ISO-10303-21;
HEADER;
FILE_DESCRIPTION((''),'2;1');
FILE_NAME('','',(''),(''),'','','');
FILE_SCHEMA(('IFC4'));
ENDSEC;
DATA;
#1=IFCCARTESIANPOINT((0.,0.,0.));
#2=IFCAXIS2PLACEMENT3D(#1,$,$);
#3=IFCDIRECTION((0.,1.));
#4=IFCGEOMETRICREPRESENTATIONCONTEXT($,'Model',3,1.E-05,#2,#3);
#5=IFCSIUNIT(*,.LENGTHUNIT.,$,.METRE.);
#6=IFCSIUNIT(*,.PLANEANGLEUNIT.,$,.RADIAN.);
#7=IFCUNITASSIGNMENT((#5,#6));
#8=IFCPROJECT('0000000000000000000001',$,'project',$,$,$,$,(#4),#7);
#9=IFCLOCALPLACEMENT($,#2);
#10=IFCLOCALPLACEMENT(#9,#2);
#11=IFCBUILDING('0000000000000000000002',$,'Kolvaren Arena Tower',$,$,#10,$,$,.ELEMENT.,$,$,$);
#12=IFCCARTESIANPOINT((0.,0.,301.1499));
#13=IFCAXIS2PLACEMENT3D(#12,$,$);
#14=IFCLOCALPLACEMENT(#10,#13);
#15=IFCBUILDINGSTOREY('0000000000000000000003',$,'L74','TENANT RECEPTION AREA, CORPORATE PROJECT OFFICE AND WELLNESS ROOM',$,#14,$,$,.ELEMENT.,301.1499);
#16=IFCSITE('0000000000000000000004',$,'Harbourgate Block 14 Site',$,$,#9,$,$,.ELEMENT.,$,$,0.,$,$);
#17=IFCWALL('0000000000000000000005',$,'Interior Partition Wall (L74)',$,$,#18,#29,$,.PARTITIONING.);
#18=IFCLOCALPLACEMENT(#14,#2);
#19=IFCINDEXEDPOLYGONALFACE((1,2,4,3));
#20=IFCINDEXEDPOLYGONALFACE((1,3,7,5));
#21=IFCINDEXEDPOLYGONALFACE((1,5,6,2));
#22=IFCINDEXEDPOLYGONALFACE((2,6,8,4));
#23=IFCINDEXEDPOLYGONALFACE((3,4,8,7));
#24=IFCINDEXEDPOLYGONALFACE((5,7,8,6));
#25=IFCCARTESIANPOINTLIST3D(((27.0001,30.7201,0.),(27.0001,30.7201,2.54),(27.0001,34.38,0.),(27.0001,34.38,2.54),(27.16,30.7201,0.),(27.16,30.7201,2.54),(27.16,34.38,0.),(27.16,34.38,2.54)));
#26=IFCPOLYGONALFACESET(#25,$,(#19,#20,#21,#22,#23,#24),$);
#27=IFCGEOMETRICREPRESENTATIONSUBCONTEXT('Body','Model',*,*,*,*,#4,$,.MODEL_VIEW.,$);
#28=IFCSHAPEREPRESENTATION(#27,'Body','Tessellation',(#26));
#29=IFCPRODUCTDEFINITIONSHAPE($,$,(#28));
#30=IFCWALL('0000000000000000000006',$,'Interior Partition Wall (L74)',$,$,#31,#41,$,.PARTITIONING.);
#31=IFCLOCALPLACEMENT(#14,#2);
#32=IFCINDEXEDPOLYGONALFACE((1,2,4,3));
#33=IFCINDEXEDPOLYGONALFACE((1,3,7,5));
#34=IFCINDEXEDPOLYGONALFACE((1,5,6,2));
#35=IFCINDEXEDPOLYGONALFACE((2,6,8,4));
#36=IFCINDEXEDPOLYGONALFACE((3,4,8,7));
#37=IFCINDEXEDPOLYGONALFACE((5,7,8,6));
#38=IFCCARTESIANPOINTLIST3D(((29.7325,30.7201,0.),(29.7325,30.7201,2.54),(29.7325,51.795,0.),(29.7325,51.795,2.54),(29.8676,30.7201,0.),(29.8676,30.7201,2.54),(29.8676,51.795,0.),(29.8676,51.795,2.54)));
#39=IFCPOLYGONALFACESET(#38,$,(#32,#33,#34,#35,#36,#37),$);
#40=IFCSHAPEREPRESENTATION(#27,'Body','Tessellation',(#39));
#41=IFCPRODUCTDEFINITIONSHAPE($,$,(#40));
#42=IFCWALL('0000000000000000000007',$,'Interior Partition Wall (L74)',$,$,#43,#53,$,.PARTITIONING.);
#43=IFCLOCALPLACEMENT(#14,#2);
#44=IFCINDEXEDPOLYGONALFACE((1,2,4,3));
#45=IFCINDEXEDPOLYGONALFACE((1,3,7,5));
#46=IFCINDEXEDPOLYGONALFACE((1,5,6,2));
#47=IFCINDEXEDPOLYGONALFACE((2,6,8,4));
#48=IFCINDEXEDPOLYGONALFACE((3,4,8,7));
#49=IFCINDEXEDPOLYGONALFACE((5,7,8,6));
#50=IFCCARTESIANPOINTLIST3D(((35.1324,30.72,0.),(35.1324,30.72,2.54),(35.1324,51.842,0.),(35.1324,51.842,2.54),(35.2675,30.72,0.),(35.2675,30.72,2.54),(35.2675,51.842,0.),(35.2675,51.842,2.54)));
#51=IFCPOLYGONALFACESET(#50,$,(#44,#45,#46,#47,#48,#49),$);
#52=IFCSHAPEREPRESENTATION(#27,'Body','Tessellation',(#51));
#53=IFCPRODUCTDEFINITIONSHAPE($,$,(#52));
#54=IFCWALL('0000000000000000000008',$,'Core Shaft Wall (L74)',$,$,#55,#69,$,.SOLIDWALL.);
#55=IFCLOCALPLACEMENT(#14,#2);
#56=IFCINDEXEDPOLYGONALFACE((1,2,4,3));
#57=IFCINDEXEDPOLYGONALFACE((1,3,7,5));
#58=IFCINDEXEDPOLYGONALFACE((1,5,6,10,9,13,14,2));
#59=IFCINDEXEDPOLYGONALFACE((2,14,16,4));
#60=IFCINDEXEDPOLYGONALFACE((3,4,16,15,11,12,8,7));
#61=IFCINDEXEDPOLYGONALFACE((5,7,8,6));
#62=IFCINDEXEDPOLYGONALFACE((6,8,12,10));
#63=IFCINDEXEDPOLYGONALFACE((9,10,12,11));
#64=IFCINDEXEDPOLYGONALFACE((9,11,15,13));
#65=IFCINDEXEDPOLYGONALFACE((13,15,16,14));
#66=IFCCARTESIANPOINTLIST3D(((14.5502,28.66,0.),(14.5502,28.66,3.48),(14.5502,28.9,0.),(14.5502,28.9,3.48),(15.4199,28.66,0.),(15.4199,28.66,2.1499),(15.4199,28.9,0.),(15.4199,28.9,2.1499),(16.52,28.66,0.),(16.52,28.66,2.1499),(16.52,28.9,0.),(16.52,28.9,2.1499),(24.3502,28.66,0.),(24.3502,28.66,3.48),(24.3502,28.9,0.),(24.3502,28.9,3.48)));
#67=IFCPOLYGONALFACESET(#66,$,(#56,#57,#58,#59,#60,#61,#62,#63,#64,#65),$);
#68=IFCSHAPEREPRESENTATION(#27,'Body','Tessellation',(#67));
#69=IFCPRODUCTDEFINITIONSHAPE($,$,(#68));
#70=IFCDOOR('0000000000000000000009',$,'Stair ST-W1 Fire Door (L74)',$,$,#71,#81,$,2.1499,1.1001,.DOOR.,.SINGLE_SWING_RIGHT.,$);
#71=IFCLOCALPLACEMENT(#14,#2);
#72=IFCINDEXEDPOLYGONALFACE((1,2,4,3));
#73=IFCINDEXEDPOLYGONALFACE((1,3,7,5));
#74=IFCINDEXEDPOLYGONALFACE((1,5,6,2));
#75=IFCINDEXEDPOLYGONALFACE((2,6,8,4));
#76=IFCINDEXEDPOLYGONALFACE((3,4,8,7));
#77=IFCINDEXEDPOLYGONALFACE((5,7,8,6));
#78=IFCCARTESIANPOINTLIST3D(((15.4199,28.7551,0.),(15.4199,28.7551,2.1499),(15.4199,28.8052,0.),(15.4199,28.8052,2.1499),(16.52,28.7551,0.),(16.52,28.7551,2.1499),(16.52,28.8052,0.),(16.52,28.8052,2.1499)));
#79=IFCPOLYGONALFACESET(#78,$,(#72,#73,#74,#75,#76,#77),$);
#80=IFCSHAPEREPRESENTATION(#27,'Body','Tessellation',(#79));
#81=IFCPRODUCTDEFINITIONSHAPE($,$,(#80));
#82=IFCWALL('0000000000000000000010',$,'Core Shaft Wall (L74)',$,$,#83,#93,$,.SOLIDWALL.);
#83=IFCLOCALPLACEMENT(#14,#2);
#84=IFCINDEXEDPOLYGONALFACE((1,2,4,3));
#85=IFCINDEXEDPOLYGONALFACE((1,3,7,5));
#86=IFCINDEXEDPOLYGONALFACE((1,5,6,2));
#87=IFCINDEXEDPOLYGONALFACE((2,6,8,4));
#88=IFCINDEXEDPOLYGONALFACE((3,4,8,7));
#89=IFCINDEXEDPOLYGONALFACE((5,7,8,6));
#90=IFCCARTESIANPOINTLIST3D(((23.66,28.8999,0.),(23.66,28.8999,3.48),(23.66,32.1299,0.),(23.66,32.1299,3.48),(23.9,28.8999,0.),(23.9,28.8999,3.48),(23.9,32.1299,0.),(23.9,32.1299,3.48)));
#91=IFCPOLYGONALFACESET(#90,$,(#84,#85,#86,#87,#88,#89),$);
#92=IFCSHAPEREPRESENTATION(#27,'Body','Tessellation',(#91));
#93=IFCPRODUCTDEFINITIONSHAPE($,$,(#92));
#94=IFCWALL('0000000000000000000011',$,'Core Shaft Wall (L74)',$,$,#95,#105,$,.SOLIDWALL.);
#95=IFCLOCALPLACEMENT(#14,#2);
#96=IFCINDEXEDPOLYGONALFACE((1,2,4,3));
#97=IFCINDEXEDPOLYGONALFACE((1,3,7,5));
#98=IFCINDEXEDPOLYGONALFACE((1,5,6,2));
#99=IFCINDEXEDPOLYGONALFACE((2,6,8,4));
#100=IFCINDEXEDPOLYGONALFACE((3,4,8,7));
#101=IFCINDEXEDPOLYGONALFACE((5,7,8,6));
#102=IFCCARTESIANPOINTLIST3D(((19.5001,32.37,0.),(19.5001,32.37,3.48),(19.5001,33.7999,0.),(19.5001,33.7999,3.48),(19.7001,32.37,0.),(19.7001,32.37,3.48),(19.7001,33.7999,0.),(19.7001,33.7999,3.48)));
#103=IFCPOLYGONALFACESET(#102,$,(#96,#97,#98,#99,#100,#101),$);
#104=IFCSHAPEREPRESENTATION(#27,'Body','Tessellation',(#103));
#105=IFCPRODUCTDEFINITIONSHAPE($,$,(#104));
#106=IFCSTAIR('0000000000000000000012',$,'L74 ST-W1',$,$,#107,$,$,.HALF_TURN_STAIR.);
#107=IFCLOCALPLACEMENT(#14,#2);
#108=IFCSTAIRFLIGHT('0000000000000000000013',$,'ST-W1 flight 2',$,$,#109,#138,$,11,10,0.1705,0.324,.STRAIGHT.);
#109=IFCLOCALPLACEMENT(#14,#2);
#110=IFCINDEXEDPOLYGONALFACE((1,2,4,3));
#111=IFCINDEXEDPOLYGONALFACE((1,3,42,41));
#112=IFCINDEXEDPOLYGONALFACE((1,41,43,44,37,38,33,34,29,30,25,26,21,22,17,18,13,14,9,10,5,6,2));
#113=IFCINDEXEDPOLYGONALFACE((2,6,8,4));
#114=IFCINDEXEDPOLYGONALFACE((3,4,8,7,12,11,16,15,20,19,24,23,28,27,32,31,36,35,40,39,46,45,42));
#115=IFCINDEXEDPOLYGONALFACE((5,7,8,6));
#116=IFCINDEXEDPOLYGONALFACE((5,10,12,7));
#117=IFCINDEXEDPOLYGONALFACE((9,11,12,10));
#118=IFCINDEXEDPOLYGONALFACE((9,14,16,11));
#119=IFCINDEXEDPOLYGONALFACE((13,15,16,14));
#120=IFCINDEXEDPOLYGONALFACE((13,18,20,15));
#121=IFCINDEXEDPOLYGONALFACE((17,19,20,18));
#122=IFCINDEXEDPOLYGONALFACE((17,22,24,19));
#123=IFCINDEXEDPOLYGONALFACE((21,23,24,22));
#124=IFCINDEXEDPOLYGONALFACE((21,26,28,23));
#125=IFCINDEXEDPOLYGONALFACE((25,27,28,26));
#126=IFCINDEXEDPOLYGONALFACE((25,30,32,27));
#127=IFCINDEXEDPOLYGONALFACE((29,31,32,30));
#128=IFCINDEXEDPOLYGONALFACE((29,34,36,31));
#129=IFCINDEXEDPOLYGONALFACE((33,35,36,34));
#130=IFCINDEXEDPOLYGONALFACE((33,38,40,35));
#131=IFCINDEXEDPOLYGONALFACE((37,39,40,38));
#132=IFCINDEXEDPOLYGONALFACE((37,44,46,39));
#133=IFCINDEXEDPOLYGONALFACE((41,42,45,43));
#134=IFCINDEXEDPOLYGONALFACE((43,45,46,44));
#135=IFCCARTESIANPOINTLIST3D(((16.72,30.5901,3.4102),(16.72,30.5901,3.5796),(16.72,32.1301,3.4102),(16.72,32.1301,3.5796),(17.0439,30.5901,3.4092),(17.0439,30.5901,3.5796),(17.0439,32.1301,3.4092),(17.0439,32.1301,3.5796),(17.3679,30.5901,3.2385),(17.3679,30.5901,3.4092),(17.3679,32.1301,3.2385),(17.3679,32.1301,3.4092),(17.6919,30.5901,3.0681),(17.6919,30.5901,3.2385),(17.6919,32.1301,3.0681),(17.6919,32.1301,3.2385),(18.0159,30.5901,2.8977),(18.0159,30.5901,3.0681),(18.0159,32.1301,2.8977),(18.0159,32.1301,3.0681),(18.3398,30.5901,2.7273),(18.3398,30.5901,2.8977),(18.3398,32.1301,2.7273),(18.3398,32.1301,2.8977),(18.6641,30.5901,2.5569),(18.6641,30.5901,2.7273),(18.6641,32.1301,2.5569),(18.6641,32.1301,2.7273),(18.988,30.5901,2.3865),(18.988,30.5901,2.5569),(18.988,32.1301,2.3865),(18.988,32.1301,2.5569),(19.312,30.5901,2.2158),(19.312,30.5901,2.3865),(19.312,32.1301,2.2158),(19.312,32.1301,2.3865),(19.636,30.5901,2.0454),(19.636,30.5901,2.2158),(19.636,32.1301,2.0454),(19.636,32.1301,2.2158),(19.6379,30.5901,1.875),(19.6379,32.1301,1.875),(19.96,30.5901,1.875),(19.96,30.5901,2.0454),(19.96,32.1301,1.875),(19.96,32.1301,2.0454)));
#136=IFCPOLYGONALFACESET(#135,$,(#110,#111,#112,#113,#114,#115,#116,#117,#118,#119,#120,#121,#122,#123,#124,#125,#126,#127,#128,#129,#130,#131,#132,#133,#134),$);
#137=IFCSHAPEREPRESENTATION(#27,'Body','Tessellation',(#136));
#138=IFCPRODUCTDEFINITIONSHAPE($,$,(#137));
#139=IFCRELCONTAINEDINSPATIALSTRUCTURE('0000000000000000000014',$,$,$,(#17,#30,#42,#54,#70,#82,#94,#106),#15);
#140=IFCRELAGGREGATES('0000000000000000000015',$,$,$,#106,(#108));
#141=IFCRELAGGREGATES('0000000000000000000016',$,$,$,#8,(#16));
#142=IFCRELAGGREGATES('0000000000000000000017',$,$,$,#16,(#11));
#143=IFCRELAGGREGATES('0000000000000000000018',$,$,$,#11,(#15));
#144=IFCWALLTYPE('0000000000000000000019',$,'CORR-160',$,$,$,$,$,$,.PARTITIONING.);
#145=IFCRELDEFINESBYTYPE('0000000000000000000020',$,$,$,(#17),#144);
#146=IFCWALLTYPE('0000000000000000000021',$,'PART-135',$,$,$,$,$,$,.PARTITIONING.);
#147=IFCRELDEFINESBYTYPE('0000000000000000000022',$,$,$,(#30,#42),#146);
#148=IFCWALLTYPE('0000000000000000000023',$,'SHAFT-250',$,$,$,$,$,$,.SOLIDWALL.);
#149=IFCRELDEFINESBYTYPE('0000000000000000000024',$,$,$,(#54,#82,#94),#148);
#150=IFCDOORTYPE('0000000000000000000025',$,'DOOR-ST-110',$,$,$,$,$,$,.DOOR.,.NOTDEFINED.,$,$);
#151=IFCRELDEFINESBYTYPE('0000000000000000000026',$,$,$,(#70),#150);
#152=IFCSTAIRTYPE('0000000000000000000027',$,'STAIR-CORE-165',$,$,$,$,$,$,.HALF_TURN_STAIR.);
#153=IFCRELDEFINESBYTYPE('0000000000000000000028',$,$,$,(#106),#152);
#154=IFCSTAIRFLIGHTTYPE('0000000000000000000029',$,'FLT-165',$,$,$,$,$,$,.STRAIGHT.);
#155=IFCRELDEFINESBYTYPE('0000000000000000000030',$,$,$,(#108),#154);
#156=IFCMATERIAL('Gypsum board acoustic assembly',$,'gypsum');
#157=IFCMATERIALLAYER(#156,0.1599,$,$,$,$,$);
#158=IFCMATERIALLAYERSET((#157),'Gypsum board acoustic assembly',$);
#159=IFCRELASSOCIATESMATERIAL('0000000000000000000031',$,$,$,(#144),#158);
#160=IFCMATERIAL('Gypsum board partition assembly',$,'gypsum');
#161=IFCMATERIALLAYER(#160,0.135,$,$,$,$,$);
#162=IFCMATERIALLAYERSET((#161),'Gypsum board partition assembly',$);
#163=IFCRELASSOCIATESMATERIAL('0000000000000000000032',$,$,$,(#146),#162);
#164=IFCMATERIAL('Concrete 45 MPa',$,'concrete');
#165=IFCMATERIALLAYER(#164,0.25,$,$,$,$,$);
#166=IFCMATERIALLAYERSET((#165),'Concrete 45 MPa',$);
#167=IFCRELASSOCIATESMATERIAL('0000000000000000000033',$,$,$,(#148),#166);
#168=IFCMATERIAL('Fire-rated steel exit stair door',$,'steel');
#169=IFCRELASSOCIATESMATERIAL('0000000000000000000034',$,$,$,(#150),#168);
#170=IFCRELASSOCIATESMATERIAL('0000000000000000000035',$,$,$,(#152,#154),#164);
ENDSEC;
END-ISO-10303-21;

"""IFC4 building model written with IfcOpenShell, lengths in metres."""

from ifc_helpers import new_model, si_unit, direction, frame, frame_2d, origin, place, context, subcontext, project, spatial, polyline, rectangle, outline, extrude, material, layer, layer_set, type_object, element, fill, aggregate, save


model = new_model("IFC4")

# Units and contexts
model_context = context("Model", 3, precision=1e-05, world=origin(), true_north=direction((0.0, 1.0)))
body_context = subcontext(model_context, "Body", "Model", "MODEL_VIEW")
ifc_project = project(units=[si_unit("LENGTHUNIT", "METRE"), si_unit("PLANEANGLEUNIT", "RADIAN")], contexts=[model_context])

# Site, building, storey
site_placement = place(None, origin())
site = spatial("IfcSite", under=ifc_project, at=site_placement, Name="Harbourgate Block 14 Site", CompositionType="ELEMENT", RefElevation=0.0)
building_placement = place(site_placement, origin())
building = spatial("IfcBuilding", under=site, at=building_placement, Name="Kolvaren Arena Tower", CompositionType="ELEMENT")
storey_placement = place(building_placement, frame((0.0, 0.0, 301.1499)))
storey = spatial("IfcBuildingStorey", under=building, at=storey_placement, Name="L74", Description="TENANT RECEPTION AREA, CORPORATE PROJECT OFFICE AND WELLNESS ROOM", CompositionType="ELEMENT", Elevation=301.1499)

# Shared definitions
ifc_material_1 = material(Name="Gypsum board acoustic assembly", Category="gypsum")
ifc_layer_1 = layer(ifc_material_1, 0.1599)
ifc_layer_set_1 = layer_set([ifc_layer_1], Name="Gypsum board acoustic assembly")
wall_type_1 = type_object("IfcWallType", Name="CORR-160", PredefinedType="PARTITIONING", material=ifc_layer_set_1)

# Wall
wall_1_placement = place(storey_placement, frame((27.0801, 30.72, 0.0), z_axis=(0.0, 0.0, 1.0), x_axis=(0.0, 1.0, 0.0)))
element("IfcWall", 1, at=wall_1_placement, inside=storey, type_object=wall_type_1, Name="Interior Partition Wall (L74)", PredefinedType="PARTITIONING", context=body_context, shape_type="SweptSolid", body=[
    extrude(rectangle(XDim=3.6599, YDim=0.1599, at=frame_2d((1.8301, 0.0))), origin(), (0.0, 0.0, 1.0), 2.54),
])

# Walls
ifc_material_2 = material(Name="Gypsum board partition assembly", Category="gypsum")
ifc_layer_2 = layer(ifc_material_2, 0.135)
ifc_layer_set_2 = layer_set([ifc_layer_2], Name="Gypsum board partition assembly")
wall_type_2 = type_object("IfcWallType", Name="PART-135", PredefinedType="PARTITIONING", material=ifc_layer_set_2)
wall_2_placement = place(storey_placement, frame((29.8, 30.72, 0.0), z_axis=(0.0, 0.0, 1.0), x_axis=(0.0, 1.0, 0.0)))
element("IfcWall", 2, at=wall_2_placement, inside=storey, type_object=wall_type_2, Name="Interior Partition Wall (L74)", PredefinedType="PARTITIONING", context=body_context, shape_type="SweptSolid", body=[
    extrude(rectangle(XDim=21.075, YDim=0.135, at=frame_2d((10.5376, 0.0))), origin(), (0.0, 0.0, 1.0), 2.54),
])
wall_3_placement = place(storey_placement, frame((35.2, 30.72, 0.0), z_axis=(0.0, 0.0, 1.0), x_axis=(0.0, 1.0, 0.0)))
element("IfcWall", 3, at=wall_3_placement, inside=storey, type_object=wall_type_2, Name="Interior Partition Wall (L74)", PredefinedType="PARTITIONING", context=body_context, shape_type="SweptSolid", body=[
    extrude(rectangle(XDim=21.1221, YDim=0.135, at=frame_2d((10.561, 0.0))), origin(), (0.0, 0.0, 1.0), 2.54),
])

# Wall, opening, door
ifc_material_3 = material(Name="Concrete 45 MPa", Category="concrete")
ifc_layer_3 = layer(ifc_material_3, 0.25)
ifc_layer_set_3 = layer_set([ifc_layer_3], Name="Concrete 45 MPa")
wall_type_3 = type_object("IfcWallType", Name="SHAFT-250", PredefinedType="SOLIDWALL", material=ifc_layer_set_3)
wall_4_placement = place(storey_placement, frame((24.3501, 28.78, 0.0), z_axis=(0.0, 0.0, 1.0), x_axis=(-1.0, 0.0, 0.0)))
wall_4 = element("IfcWall", 4, at=wall_4_placement, inside=storey, type_object=wall_type_3, Name="Core Shaft Wall (L74)", PredefinedType="SOLIDWALL", context=body_context, shape_type="SweptSolid", body=[
    extrude(rectangle(XDim=9.8, YDim=0.24, at=frame_2d((4.8999, 0.0))), origin(), (0.0, 0.0, 1.0), 3.48),
])
opening_1_placement = place(wall_4_placement, frame((7.8301, 0.0, 0.0)))
opening_1 = element("IfcOpeningElement", 5, at=opening_1_placement, cuts=wall_4, PredefinedType="OPENING", context=body_context, shape_type="SweptSolid", body=[
    extrude(rectangle(XDim=1.1001, YDim=2.1499, at=frame_2d((0.55, 1.075))), frame((0.0, 0.1299, 0.0), z_axis=(0.0, -1.0, 0.0), x_axis=(1.0, 0.0, 0.0)), (0.0, 0.0, 1.0), 0.26),
])
ifc_material_4 = material(Name="Fire-rated steel exit stair door", Category="steel")
door_type_1 = type_object("IfcDoorType", Name="DOOR-ST-110", OperationType="NOTDEFINED", PredefinedType="DOOR", material=ifc_material_4)
door_1_placement = place(opening_1_placement, origin())
door_1 = element("IfcDoor", 6, at=door_1_placement, inside=storey, type_object=door_type_1, Name="Stair ST-W1 Fire Door (L74)", OperationType="SINGLE_SWING_RIGHT", OverallHeight=2.1499, OverallWidth=1.1001, PredefinedType="DOOR", context=body_context, shape_type="SweptSolid", body=[
    extrude(rectangle(XDim=1.1001, YDim=2.1499, at=frame_2d((0.55, 1.075))), frame((0.0, 0.0249, 0.0), z_axis=(0.0, -1.0, 0.0), x_axis=(1.0, 0.0, 0.0)), (0.0, 0.0, 1.0), 0.05),
])
fill(opening_1, door_1)

# Walls
wall_5_placement = place(storey_placement, frame((23.78, 28.8999, 0.0), z_axis=(0.0, 0.0, 1.0), x_axis=(0.0, 1.0, 0.0)))
element("IfcWall", 7, at=wall_5_placement, inside=storey, type_object=wall_type_3, Name="Core Shaft Wall (L74)", PredefinedType="SOLIDWALL", context=body_context, shape_type="SweptSolid", body=[
    extrude(rectangle(XDim=3.23, YDim=0.24, at=frame_2d((1.615, 0.0))), origin(), (0.0, 0.0, 1.0), 3.48),
])
wall_6_placement = place(storey_placement, frame((19.6001, 32.3701, 0.0), z_axis=(0.0, 0.0, 1.0), x_axis=(0.0, 1.0, 0.0)))
element("IfcWall", 8, at=wall_6_placement, inside=storey, type_object=wall_type_3, Name="Core Shaft Wall (L74)", PredefinedType="SOLIDWALL", context=body_context, shape_type="SweptSolid", body=[
    extrude(rectangle(XDim=1.4299, YDim=0.2, at=frame_2d((0.7148, 0.0))), origin(), (0.0, 0.0, 1.0), 3.48),
])

# Stair, stair flight
stair_type = type_object("IfcStairType", Name="STAIR-CORE-165", PredefinedType="HALF_TURN_STAIR", material=ifc_material_3)
stair_placement = place(storey_placement, origin())
stair = element("IfcStair", 9, at=stair_placement, inside=storey, type_object=stair_type, Name="L74 ST-W1", PredefinedType="HALF_TURN_STAIR")
stair_flight_type = type_object("IfcStairFlightType", Name="FLT-165", PredefinedType="STRAIGHT", material=ifc_material_3)
stair_flight_placement = place(storey_placement, frame((19.96, 31.3601, 1.875), z_axis=(0.0, 0.0, 1.0), x_axis=(-1.0, 0.0, 0.0)))
stair_flight = element("IfcStairFlight", 10, at=stair_flight_placement, type_object=stair_flight_type, Name="ST-W1 flight 2", NumberOfRisers=11, NumberOfTreads=10, PredefinedType="STRAIGHT", RiserHeight=0.1705, TreadLength=0.324, context=body_context, shape_type="SweptSolid", body=[
    extrude(outline(polyline([(0.0, 0.0), (0.0, 0.1704), (0.324, 0.1704), (0.324, 0.3408), (0.6479, 0.3408), (0.6479, 0.5115), (0.9719, 0.5115), (0.9719, 0.6819), (1.2959, 0.6819), (1.2959, 0.8523), (1.6201, 0.8523), (1.6201, 1.0227), (1.9441, 1.0227), (1.9441, 1.1931), (2.2681, 1.1931), (2.2681, 1.3635), (2.592, 1.3635), (2.592, 1.5342), (2.916, 1.5342), (2.916, 1.7046), (3.24, 1.7046), (3.24, 1.875), (3.24, 1.5352), (0.322, 0.0), (0.0, 0.0)])), frame((0.0, 0.77, 0.0), z_axis=(0.0, -1.0, 0.0), x_axis=(1.0, 0.0, 0.0)), (0.0, 0.0, 1.0), 1.54),
])
aggregate(stair, [stair_flight])

save(model, "model.ifc")
